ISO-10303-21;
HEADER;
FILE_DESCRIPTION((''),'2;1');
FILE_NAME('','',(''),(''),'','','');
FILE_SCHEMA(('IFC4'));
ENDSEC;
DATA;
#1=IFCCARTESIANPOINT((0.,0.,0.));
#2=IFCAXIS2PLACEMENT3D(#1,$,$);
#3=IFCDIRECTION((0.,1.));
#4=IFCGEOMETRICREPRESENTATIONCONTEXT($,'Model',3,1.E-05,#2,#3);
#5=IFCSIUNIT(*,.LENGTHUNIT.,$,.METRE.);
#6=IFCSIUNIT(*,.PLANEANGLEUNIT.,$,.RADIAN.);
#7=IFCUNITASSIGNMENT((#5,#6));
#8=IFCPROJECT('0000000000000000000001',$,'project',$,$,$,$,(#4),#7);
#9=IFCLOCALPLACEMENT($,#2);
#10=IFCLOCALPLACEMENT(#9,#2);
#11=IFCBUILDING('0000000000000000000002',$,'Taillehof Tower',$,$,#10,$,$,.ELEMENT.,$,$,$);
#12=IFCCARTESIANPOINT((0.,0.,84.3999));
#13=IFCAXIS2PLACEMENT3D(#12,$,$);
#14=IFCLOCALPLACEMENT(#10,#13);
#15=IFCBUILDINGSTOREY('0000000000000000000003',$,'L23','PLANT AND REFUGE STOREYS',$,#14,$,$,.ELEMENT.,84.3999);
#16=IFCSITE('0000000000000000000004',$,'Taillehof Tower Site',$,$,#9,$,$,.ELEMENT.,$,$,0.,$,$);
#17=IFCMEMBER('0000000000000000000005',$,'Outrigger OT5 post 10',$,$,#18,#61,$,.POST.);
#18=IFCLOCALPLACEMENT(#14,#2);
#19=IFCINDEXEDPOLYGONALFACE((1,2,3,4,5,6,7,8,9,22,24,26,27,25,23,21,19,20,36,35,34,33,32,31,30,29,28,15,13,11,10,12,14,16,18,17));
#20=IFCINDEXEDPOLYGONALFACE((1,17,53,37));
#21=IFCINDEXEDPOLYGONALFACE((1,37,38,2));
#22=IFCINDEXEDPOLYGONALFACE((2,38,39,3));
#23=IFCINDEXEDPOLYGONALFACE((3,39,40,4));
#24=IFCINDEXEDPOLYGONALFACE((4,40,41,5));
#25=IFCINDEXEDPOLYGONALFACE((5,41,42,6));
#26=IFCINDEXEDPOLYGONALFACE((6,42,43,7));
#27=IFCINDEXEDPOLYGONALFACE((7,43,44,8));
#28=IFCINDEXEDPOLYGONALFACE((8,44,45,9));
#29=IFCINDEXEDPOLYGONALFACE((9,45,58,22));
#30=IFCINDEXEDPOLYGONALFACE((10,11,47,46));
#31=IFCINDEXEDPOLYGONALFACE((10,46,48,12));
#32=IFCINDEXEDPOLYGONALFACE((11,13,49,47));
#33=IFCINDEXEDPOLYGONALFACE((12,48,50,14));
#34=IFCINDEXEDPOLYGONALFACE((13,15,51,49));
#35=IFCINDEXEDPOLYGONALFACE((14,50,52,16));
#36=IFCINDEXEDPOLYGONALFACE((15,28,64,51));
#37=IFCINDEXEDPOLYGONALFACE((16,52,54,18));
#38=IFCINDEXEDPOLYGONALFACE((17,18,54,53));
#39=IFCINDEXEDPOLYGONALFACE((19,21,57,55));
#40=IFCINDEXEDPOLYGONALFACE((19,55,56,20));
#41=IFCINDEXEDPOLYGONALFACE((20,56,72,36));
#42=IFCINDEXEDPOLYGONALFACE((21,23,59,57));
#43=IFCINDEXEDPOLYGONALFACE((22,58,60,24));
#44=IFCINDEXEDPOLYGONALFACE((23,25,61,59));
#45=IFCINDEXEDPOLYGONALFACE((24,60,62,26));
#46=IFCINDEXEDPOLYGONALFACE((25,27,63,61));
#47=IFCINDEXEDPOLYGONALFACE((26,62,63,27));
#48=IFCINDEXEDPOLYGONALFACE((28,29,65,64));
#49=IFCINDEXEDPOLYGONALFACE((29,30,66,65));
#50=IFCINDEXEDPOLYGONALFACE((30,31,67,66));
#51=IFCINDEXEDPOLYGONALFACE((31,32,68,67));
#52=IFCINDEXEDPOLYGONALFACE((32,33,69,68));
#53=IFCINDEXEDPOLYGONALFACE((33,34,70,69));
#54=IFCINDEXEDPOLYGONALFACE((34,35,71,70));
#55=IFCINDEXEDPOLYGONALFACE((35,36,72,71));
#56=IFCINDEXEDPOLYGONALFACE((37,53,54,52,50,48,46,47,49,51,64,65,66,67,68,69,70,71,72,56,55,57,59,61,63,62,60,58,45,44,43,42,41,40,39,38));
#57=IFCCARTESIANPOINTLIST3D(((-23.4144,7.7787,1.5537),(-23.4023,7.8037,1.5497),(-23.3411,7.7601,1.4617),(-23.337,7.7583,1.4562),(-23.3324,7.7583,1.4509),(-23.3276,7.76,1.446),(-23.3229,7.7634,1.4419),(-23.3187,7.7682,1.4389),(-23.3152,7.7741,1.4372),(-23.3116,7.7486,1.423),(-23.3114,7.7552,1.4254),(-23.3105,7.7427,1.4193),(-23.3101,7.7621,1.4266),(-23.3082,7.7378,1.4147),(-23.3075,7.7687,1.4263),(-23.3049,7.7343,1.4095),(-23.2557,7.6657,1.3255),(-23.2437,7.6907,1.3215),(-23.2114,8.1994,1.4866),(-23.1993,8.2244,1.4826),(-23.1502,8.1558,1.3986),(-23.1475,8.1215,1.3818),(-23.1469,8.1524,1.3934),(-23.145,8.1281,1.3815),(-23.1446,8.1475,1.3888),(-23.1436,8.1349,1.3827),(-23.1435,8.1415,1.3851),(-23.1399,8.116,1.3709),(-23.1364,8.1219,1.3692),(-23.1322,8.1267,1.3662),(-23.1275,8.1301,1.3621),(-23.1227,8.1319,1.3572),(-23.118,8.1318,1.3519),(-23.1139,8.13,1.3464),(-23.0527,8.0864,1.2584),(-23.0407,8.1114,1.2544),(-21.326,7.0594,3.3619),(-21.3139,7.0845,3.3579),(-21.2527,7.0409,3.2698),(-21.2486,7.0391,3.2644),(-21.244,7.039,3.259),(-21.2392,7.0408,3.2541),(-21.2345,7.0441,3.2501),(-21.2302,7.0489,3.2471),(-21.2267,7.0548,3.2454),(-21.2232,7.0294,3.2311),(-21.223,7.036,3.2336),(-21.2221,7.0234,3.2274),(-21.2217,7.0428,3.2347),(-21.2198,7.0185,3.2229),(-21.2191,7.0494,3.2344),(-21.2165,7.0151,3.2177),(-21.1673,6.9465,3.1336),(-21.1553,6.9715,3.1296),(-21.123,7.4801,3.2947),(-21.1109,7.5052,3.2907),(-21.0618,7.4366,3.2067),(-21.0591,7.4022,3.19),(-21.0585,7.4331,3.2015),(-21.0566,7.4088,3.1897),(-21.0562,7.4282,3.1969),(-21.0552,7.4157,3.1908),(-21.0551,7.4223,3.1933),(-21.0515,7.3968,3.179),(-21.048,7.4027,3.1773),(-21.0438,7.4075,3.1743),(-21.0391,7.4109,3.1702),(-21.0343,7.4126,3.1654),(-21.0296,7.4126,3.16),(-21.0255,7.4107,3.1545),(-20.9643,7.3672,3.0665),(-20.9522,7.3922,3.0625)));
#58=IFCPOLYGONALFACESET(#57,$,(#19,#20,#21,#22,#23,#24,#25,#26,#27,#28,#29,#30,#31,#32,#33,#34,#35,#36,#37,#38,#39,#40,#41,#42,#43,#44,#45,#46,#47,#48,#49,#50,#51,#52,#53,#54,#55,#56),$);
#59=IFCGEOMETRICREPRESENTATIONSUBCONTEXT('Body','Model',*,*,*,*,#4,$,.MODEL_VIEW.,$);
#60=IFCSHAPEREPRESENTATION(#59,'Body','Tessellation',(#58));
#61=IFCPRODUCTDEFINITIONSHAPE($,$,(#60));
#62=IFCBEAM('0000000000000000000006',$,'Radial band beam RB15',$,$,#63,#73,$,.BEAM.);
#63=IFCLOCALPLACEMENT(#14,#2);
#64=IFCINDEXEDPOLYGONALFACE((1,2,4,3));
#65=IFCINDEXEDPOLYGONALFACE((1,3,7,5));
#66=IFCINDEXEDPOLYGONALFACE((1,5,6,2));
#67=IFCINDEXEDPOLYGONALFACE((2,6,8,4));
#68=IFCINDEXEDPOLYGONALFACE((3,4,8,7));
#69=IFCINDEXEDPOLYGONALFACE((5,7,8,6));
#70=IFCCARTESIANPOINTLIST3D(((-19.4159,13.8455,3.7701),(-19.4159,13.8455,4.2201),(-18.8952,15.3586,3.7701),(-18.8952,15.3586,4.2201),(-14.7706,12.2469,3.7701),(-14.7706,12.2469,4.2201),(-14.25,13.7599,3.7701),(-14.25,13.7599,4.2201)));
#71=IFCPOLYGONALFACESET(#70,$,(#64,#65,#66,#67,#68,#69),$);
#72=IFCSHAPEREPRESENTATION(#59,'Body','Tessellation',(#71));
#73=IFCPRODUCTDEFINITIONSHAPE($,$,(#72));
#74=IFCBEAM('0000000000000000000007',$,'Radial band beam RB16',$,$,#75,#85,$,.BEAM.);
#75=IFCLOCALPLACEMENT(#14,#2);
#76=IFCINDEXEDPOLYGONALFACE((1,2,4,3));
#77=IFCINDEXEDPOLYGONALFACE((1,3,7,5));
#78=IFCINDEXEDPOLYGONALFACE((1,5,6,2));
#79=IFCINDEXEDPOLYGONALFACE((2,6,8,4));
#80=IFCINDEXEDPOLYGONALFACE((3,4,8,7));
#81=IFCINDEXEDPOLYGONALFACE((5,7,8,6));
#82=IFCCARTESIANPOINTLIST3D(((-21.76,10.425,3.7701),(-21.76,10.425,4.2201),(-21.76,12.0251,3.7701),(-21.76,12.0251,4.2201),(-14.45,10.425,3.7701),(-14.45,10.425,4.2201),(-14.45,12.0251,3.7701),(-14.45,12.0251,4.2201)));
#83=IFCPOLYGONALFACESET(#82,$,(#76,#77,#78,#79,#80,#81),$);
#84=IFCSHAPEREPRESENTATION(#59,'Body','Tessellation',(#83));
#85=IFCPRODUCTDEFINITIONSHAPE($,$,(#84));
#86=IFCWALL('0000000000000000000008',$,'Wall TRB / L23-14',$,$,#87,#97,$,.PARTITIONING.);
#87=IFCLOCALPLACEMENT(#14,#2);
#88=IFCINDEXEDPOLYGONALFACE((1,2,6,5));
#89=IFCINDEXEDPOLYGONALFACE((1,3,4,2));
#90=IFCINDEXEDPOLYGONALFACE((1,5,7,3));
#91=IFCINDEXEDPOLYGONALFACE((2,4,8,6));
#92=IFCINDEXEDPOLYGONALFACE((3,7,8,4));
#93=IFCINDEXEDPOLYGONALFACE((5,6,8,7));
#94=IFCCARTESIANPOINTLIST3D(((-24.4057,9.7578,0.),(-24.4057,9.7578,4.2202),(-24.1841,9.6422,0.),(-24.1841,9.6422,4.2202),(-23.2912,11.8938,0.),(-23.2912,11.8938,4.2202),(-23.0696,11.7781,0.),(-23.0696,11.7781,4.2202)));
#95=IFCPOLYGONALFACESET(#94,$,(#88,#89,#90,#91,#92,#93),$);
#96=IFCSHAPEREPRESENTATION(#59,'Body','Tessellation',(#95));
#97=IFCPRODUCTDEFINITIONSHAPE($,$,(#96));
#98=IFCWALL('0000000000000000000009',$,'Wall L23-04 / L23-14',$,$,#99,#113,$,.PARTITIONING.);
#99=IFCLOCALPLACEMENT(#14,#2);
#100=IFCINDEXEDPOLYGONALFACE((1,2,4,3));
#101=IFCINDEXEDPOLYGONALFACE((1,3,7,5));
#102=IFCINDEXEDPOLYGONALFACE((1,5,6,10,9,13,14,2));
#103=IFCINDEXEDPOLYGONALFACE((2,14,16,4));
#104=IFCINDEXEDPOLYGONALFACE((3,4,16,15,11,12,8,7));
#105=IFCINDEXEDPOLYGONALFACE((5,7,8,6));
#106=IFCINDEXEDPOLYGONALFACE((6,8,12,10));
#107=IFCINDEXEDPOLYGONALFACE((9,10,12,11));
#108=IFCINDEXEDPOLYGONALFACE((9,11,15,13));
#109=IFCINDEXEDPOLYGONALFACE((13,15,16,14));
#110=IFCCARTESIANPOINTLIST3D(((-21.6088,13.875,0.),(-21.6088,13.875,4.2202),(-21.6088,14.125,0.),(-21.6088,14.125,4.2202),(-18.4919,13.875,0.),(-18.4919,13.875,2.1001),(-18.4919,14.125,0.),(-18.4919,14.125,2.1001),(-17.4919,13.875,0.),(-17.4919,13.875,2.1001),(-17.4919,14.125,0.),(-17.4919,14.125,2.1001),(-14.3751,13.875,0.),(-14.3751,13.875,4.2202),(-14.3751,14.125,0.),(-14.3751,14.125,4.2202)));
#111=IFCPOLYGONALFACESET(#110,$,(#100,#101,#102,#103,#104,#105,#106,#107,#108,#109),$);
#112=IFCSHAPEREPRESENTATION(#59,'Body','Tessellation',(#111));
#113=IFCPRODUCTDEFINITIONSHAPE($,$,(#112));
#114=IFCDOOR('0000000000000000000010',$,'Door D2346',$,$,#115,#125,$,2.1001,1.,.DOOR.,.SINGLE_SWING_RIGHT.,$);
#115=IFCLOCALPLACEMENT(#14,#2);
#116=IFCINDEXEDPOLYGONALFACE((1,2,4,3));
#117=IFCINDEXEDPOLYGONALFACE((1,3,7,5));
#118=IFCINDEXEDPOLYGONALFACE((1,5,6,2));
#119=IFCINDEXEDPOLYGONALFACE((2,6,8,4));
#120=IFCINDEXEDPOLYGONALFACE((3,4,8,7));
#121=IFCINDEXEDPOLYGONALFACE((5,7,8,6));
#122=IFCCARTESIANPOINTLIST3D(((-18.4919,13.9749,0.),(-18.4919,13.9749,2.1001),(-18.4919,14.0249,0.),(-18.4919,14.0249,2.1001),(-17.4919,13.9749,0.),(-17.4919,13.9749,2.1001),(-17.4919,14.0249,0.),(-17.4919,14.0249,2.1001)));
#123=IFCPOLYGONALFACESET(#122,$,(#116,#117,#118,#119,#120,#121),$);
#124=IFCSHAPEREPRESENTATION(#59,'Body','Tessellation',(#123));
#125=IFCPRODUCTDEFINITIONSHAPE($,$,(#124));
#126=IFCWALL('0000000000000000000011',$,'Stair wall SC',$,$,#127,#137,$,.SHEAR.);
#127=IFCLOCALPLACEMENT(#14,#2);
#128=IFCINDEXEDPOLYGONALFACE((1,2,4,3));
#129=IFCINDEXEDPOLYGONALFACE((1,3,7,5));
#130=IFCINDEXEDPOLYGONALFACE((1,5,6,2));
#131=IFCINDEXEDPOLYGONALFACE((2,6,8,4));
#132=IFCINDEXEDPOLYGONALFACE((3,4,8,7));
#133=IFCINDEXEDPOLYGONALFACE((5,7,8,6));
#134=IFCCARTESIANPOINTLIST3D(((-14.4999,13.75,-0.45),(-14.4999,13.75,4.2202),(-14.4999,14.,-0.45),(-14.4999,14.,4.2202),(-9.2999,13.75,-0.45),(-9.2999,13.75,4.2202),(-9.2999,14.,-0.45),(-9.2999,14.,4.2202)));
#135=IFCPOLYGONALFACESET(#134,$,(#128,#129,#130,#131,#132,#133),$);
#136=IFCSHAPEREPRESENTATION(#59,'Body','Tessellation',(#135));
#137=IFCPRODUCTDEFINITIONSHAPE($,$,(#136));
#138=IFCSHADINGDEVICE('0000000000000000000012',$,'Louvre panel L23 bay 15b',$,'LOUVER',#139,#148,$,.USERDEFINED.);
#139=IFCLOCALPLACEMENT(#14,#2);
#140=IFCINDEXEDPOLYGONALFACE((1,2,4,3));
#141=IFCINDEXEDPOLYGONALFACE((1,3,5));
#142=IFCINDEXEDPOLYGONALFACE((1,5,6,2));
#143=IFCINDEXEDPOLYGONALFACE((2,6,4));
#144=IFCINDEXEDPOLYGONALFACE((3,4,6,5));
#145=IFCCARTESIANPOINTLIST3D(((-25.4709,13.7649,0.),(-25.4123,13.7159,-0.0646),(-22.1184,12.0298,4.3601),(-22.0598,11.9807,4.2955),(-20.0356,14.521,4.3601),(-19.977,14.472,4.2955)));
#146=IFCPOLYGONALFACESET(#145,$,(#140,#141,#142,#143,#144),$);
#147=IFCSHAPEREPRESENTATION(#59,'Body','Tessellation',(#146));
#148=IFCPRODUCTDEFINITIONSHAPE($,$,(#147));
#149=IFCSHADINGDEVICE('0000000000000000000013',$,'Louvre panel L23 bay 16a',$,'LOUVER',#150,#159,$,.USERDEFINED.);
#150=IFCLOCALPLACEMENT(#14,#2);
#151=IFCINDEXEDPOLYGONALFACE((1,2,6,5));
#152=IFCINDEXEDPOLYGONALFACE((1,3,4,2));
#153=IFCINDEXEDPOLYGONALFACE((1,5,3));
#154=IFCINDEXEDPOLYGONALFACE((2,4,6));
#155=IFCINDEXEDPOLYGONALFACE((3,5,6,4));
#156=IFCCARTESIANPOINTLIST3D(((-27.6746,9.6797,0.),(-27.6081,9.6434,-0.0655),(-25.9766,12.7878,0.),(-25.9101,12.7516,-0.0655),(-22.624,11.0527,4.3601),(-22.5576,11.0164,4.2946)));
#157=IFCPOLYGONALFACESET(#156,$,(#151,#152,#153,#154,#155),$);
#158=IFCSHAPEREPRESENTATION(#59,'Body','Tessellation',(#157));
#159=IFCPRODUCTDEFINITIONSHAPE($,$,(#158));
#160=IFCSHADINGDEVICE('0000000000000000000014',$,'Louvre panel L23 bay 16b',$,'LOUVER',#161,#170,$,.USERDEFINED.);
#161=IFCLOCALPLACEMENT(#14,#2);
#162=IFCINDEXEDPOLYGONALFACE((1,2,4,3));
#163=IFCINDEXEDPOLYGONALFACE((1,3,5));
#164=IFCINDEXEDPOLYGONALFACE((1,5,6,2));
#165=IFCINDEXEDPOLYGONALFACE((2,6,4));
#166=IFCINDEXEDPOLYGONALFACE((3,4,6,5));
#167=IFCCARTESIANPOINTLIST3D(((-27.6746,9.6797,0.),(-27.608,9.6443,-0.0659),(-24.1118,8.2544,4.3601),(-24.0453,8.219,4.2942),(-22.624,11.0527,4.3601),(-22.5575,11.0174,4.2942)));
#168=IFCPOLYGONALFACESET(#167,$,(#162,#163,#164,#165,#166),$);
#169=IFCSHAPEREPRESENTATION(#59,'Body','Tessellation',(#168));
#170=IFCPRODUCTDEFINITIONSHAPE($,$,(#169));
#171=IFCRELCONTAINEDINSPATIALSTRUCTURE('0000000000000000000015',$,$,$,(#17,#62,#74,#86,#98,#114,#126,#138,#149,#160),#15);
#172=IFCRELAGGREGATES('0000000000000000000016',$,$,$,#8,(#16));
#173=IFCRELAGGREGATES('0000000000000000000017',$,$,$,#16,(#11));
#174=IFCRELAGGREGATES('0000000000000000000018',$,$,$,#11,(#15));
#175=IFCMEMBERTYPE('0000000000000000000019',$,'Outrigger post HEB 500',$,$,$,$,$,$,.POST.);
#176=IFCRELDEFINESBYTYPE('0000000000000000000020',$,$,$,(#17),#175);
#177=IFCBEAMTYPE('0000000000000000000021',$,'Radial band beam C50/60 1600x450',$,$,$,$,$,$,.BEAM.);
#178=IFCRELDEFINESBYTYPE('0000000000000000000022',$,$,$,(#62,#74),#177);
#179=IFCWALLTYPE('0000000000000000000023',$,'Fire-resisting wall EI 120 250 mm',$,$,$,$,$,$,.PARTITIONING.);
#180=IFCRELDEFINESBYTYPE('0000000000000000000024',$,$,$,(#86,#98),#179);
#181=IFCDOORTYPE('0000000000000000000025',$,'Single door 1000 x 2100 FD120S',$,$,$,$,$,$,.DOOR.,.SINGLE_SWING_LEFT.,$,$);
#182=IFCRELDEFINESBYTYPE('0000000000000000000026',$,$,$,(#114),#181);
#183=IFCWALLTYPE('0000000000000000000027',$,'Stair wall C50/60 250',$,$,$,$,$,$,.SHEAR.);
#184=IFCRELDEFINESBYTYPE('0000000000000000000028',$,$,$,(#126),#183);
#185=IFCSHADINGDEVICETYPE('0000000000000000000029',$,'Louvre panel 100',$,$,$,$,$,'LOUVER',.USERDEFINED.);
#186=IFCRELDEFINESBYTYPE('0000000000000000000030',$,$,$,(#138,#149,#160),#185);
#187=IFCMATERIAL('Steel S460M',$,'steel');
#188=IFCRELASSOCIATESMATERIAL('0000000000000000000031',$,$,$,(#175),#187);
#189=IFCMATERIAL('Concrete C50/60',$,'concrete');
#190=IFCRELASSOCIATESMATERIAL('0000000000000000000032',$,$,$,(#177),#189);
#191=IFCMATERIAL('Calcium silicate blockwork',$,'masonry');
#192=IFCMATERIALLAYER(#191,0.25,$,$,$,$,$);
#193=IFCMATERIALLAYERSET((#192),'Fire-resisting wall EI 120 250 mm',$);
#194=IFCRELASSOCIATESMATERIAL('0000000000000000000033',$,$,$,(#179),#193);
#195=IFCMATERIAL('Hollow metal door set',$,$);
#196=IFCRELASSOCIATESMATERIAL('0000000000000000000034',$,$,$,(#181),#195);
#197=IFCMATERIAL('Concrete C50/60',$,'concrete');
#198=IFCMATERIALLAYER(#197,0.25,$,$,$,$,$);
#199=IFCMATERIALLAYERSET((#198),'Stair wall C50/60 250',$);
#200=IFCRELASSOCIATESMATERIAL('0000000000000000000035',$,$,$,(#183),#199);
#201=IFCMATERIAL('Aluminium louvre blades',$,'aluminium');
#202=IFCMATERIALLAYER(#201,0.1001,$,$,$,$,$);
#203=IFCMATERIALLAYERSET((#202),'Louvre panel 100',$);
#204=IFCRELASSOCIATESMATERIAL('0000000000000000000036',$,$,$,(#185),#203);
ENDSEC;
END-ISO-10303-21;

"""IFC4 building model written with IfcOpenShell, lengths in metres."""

from ifc_helpers import new_model, si_unit, direction, frame, frame_2d, origin, origin_2d, place, context, subcontext, project, spatial, polyline, rectangle, i_section, outline, extrude, material, layer, layer_set, material_profile, profile_set, type_object, element, fill, save


model = new_model("IFC4")

# Units and contexts
model_context = context("Model", 3, precision=1e-05, world=origin(), true_north=direction((0.0, 1.0)))
body_context = subcontext(model_context, "Body", "Model", "MODEL_VIEW")
ifc_project = project(units=[si_unit("LENGTHUNIT", "METRE"), si_unit("PLANEANGLEUNIT", "RADIAN")], contexts=[model_context])

# Site, building, storey
site_placement = place(None, origin())
site = spatial("IfcSite", under=ifc_project, at=site_placement, Name="Taillehof Tower Site", CompositionType="ELEMENT", RefElevation=0.0)
building_placement = place(site_placement, origin())
building = spatial("IfcBuilding", under=site, at=building_placement, Name="Taillehof Tower", CompositionType="ELEMENT")
storey_placement = place(building_placement, frame((0.0, 0.0, 84.3999)))
storey = spatial("IfcBuildingStorey", under=building, at=storey_placement, Name="L23", Description="PLANT AND REFUGE STOREYS", CompositionType="ELEMENT", Elevation=84.3999)

# Member
ifc_material_1 = material(Name="Steel S460M", Category="steel")
ifc_material_profile_1 = material_profile(ifc_material_1, i_section(OverallWidth=0.3, OverallDepth=0.5, WebThickness=0.0144, FlangeThickness=0.0281, FilletRadius=0.0271, at=origin_2d()), Name="HEB 500")
ifc_profile_set_1 = profile_set([ifc_material_profile_1], Name="Steel S460M")
member_type_1 = type_object("IfcMemberType", Name="Outrigger post HEB 500", PredefinedType="POST", material=ifc_profile_set_1)
member_1_placement = place(storey_placement, frame((-23.2275, 7.9451, 1.4041), z_axis=(0.731623, -0.251971, 0.633434), x_axis=(-0.528854, 0.376539, 0.760613)))
element("IfcMember", 1, at=member_1_placement, inside=storey, type_object=member_type_1, Name="Outrigger OT5 post 10", PredefinedType="POST", context=body_context, shape_type="SweptSolid", body=[
    extrude(i_section(OverallWidth=0.3, OverallDepth=0.5, WebThickness=0.0144, FlangeThickness=0.0281, FilletRadius=0.0271, at=origin_2d()), origin(), (0.0, 0.0, 1.0), 2.8545),
])

# Beams
ifc_material_2 = material(Name="Concrete C50/60", Category="concrete")
ifc_material_profile_2 = material_profile(ifc_material_2, rectangle(XDim=1.6001, YDim=0.45, at=origin_2d()), Name="RC 1600x450")
ifc_profile_set_2 = profile_set([ifc_material_profile_2], Name="Concrete C50/60")
beam_type = type_object("IfcBeamType", Name="Radial band beam C50/60 1600x450", PredefinedType="BEAM", material=ifc_profile_set_2)
beam_1_placement = place(storey_placement, frame((-19.1555, 14.6021, 3.9951), z_axis=(0.945572, -0.325412, 0.0), x_axis=(0.325412, 0.945572, 0.0)))
element("IfcBeam", 2, at=beam_1_placement, inside=storey, type_object=beam_type, Name="Radial band beam RB15", PredefinedType="BEAM", context=body_context, shape_type="SweptSolid", body=[
    extrude(rectangle(XDim=1.6001, YDim=0.45, at=origin_2d()), origin(), (0.0, 0.0, 1.0), 4.9126),
])
beam_2_placement = place(storey_placement, frame((-21.76, 11.2251, 3.9951), z_axis=(1.0, 0.0, 0.0), x_axis=(0.0, 1.0, 0.0)))
element("IfcBeam", 3, at=beam_2_placement, inside=storey, type_object=beam_type, Name="Radial band beam RB16", PredefinedType="BEAM", context=body_context, shape_type="SweptSolid", body=[
    extrude(rectangle(XDim=1.6001, YDim=0.45, at=origin_2d()), origin(), (0.0, 0.0, 1.0), 7.3101),
])

# Wall
ifc_material_3 = material(Name="Calcium silicate blockwork", Category="masonry")
ifc_layer_1 = layer(ifc_material_3, 0.25)
ifc_layer_set_1 = layer_set([ifc_layer_1], Name="Fire-resisting wall EI 120 250 mm")
wall_type_1 = type_object("IfcWallType", Name="Fire-resisting wall EI 120 250 mm", PredefinedType="PARTITIONING", material=ifc_layer_set_1)
wall_1_placement = place(storey_placement, frame((-23.1804, 11.8359, 0.0), z_axis=(0.0, 0.0, 1.0), x_axis=(-0.46259, -0.886572, 0.0)))
element("IfcWall", 4, at=wall_1_placement, inside=storey, type_object=wall_type_1, Name="Wall TRB / L23-14", PredefinedType="PARTITIONING", context=body_context, shape_type="SweptSolid", body=[
    extrude(rectangle(XDim=2.4092, YDim=0.25, at=frame_2d((1.2046, 0.0))), origin(), (0.0, 0.0, 1.0), 4.2202),
])

# Wall, opening, door
wall_2_placement = place(storey_placement, frame((-21.6086, 14.0, 0.0), z_axis=(0.0, 0.0, 1.0), x_axis=(1.0, 0.0, 0.0)))
wall_2 = element("IfcWall", 5, at=wall_2_placement, inside=storey, type_object=wall_type_1, Name="Wall L23-04 / L23-14", PredefinedType="PARTITIONING", context=body_context, shape_type="SweptSolid", body=[
    extrude(rectangle(XDim=7.2336, YDim=0.25, at=frame_2d((3.6167, 0.0))), origin(), (0.0, 0.0, 1.0), 4.2202),
])
opening_placement = place(wall_2_placement, frame((3.1167, 0.0, 0.0)))
opening = element("IfcOpeningElement", 6, at=opening_placement, cuts=wall_2, PredefinedType="OPENING", context=body_context, shape_type="SweptSolid", body=[
    extrude(rectangle(XDim=1.0, YDim=2.1001, at=frame_2d((0.5, 1.05))), frame((0.0, 0.135, 0.0), z_axis=(0.0, -1.0, 0.0), x_axis=(1.0, 0.0, 0.0)), (0.0, 0.0, 1.0), 0.27),
])
ifc_material_4 = material(Name="Hollow metal door set")
door_type = type_object("IfcDoorType", Name="Single door 1000 x 2100 FD120S", OperationType="SINGLE_SWING_LEFT", PredefinedType="DOOR", material=ifc_material_4)
door_placement = place(opening_placement, origin())
door = element("IfcDoor", 7, at=door_placement, inside=storey, type_object=door_type, Name="Door D2346", OperationType="SINGLE_SWING_RIGHT", OverallHeight=2.1001, OverallWidth=1.0, PredefinedType="DOOR", context=body_context, shape_type="SweptSolid", body=[
    extrude(rectangle(XDim=1.0, YDim=2.1001, at=frame_2d((0.5, 1.05))), frame((0.0, 0.0249, 0.0), z_axis=(0.0, -1.0, 0.0), x_axis=(1.0, 0.0, 0.0)), (0.0, 0.0, 1.0), 0.05),
])
fill(opening, door)

# Wall
ifc_material_5 = material(Name="Concrete C50/60", Category="concrete")
ifc_layer_2 = layer(ifc_material_5, 0.25)
ifc_layer_set_2 = layer_set([ifc_layer_2], Name="Stair wall C50/60 250")
wall_type_2 = type_object("IfcWallType", Name="Stair wall C50/60 250", PredefinedType="SHEAR", material=ifc_layer_set_2)
wall_3_placement = place(storey_placement, frame((-14.5, 13.875, -0.45), z_axis=(0.0, 0.0, 1.0), x_axis=(1.0, 0.0, 0.0)))
element("IfcWall", 8, at=wall_3_placement, inside=storey, type_object=wall_type_2, Name="Stair wall SC", PredefinedType="SHEAR", context=body_context, shape_type="SweptSolid", body=[
    extrude(rectangle(XDim=5.2, YDim=0.25, at=frame_2d((2.6001, 0.0))), origin(), (0.0, 0.0, 1.0), 4.6702),
])

# Shading devices
ifc_material_6 = material(Name="Aluminium louvre blades", Category="aluminium")
ifc_layer_3 = layer(ifc_material_6, 0.1001)
ifc_layer_set_3 = layer_set([ifc_layer_3], Name="Louvre panel 100")
shading_device_type = type_object("IfcShadingDeviceType", Name="Louvre panel 100", ElementType="LOUVER", PredefinedType="USERDEFINED", material=ifc_layer_set_3)
shading_device_1_placement = place(storey_placement, frame((-25.4709, 13.7649, 0.0), z_axis=(-0.585956, 0.489885, 0.645499), x_axis=(0.581311, -0.300858, 0.756017)))
element("IfcShadingDevice", 9, at=shading_device_1_placement, inside=storey, type_object=shading_device_type, Name="Louvre panel L23 bay 15b", ObjectType="LOUVER", PredefinedType="USERDEFINED", context=body_context, shape_type="SweptSolid", body=[
    extrude(outline(polyline([(0.0, 0.0), (5.7672, 0.0), (6.2284, 3.2142), (0.0, 0.0)])), origin(), (0.0, 0.0, -1.0), 0.1001),
])
shading_device_2_placement = place(storey_placement, frame((-25.9766, 12.7878, 0.0), z_axis=(-0.663539, 0.362494, 0.654458), x_axis=(-0.479427, -0.877582, 0.0)))
element("IfcShadingDevice", 10, at=shading_device_2_placement, inside=storey, type_object=shading_device_type, Name="Louvre panel L23 bay 16a", ObjectType="LOUVER", PredefinedType="USERDEFINED", context=body_context, shape_type="SweptSolid", body=[
    extrude(outline(polyline([(0.0, 0.0), (3.5417, 0.0), (-0.0846, 5.7666), (0.0, 0.0)])), origin(), (0.0, 0.0, -1.0), 0.1001),
])
shading_device_3_placement = place(storey_placement, frame((-27.6746, 9.6797, 0.0), z_axis=(-0.664514, 0.353302, 0.658482), x_axis=(0.613399, -0.245393, 0.750682)))
element("IfcShadingDevice", 11, at=shading_device_3_placement, inside=storey, type_object=shading_device_type, Name="Louvre panel L23 bay 16b", ObjectType="LOUVER", PredefinedType="USERDEFINED", context=body_context, shape_type="SweptSolid", body=[
    extrude(outline(polyline([(0.0, 0.0), (5.8082, 0.0), (6.0341, 3.1612), (0.0, 0.0)])), origin(), (0.0, 0.0, -1.0), 0.1001),
])

save(model, "model.ifc")
